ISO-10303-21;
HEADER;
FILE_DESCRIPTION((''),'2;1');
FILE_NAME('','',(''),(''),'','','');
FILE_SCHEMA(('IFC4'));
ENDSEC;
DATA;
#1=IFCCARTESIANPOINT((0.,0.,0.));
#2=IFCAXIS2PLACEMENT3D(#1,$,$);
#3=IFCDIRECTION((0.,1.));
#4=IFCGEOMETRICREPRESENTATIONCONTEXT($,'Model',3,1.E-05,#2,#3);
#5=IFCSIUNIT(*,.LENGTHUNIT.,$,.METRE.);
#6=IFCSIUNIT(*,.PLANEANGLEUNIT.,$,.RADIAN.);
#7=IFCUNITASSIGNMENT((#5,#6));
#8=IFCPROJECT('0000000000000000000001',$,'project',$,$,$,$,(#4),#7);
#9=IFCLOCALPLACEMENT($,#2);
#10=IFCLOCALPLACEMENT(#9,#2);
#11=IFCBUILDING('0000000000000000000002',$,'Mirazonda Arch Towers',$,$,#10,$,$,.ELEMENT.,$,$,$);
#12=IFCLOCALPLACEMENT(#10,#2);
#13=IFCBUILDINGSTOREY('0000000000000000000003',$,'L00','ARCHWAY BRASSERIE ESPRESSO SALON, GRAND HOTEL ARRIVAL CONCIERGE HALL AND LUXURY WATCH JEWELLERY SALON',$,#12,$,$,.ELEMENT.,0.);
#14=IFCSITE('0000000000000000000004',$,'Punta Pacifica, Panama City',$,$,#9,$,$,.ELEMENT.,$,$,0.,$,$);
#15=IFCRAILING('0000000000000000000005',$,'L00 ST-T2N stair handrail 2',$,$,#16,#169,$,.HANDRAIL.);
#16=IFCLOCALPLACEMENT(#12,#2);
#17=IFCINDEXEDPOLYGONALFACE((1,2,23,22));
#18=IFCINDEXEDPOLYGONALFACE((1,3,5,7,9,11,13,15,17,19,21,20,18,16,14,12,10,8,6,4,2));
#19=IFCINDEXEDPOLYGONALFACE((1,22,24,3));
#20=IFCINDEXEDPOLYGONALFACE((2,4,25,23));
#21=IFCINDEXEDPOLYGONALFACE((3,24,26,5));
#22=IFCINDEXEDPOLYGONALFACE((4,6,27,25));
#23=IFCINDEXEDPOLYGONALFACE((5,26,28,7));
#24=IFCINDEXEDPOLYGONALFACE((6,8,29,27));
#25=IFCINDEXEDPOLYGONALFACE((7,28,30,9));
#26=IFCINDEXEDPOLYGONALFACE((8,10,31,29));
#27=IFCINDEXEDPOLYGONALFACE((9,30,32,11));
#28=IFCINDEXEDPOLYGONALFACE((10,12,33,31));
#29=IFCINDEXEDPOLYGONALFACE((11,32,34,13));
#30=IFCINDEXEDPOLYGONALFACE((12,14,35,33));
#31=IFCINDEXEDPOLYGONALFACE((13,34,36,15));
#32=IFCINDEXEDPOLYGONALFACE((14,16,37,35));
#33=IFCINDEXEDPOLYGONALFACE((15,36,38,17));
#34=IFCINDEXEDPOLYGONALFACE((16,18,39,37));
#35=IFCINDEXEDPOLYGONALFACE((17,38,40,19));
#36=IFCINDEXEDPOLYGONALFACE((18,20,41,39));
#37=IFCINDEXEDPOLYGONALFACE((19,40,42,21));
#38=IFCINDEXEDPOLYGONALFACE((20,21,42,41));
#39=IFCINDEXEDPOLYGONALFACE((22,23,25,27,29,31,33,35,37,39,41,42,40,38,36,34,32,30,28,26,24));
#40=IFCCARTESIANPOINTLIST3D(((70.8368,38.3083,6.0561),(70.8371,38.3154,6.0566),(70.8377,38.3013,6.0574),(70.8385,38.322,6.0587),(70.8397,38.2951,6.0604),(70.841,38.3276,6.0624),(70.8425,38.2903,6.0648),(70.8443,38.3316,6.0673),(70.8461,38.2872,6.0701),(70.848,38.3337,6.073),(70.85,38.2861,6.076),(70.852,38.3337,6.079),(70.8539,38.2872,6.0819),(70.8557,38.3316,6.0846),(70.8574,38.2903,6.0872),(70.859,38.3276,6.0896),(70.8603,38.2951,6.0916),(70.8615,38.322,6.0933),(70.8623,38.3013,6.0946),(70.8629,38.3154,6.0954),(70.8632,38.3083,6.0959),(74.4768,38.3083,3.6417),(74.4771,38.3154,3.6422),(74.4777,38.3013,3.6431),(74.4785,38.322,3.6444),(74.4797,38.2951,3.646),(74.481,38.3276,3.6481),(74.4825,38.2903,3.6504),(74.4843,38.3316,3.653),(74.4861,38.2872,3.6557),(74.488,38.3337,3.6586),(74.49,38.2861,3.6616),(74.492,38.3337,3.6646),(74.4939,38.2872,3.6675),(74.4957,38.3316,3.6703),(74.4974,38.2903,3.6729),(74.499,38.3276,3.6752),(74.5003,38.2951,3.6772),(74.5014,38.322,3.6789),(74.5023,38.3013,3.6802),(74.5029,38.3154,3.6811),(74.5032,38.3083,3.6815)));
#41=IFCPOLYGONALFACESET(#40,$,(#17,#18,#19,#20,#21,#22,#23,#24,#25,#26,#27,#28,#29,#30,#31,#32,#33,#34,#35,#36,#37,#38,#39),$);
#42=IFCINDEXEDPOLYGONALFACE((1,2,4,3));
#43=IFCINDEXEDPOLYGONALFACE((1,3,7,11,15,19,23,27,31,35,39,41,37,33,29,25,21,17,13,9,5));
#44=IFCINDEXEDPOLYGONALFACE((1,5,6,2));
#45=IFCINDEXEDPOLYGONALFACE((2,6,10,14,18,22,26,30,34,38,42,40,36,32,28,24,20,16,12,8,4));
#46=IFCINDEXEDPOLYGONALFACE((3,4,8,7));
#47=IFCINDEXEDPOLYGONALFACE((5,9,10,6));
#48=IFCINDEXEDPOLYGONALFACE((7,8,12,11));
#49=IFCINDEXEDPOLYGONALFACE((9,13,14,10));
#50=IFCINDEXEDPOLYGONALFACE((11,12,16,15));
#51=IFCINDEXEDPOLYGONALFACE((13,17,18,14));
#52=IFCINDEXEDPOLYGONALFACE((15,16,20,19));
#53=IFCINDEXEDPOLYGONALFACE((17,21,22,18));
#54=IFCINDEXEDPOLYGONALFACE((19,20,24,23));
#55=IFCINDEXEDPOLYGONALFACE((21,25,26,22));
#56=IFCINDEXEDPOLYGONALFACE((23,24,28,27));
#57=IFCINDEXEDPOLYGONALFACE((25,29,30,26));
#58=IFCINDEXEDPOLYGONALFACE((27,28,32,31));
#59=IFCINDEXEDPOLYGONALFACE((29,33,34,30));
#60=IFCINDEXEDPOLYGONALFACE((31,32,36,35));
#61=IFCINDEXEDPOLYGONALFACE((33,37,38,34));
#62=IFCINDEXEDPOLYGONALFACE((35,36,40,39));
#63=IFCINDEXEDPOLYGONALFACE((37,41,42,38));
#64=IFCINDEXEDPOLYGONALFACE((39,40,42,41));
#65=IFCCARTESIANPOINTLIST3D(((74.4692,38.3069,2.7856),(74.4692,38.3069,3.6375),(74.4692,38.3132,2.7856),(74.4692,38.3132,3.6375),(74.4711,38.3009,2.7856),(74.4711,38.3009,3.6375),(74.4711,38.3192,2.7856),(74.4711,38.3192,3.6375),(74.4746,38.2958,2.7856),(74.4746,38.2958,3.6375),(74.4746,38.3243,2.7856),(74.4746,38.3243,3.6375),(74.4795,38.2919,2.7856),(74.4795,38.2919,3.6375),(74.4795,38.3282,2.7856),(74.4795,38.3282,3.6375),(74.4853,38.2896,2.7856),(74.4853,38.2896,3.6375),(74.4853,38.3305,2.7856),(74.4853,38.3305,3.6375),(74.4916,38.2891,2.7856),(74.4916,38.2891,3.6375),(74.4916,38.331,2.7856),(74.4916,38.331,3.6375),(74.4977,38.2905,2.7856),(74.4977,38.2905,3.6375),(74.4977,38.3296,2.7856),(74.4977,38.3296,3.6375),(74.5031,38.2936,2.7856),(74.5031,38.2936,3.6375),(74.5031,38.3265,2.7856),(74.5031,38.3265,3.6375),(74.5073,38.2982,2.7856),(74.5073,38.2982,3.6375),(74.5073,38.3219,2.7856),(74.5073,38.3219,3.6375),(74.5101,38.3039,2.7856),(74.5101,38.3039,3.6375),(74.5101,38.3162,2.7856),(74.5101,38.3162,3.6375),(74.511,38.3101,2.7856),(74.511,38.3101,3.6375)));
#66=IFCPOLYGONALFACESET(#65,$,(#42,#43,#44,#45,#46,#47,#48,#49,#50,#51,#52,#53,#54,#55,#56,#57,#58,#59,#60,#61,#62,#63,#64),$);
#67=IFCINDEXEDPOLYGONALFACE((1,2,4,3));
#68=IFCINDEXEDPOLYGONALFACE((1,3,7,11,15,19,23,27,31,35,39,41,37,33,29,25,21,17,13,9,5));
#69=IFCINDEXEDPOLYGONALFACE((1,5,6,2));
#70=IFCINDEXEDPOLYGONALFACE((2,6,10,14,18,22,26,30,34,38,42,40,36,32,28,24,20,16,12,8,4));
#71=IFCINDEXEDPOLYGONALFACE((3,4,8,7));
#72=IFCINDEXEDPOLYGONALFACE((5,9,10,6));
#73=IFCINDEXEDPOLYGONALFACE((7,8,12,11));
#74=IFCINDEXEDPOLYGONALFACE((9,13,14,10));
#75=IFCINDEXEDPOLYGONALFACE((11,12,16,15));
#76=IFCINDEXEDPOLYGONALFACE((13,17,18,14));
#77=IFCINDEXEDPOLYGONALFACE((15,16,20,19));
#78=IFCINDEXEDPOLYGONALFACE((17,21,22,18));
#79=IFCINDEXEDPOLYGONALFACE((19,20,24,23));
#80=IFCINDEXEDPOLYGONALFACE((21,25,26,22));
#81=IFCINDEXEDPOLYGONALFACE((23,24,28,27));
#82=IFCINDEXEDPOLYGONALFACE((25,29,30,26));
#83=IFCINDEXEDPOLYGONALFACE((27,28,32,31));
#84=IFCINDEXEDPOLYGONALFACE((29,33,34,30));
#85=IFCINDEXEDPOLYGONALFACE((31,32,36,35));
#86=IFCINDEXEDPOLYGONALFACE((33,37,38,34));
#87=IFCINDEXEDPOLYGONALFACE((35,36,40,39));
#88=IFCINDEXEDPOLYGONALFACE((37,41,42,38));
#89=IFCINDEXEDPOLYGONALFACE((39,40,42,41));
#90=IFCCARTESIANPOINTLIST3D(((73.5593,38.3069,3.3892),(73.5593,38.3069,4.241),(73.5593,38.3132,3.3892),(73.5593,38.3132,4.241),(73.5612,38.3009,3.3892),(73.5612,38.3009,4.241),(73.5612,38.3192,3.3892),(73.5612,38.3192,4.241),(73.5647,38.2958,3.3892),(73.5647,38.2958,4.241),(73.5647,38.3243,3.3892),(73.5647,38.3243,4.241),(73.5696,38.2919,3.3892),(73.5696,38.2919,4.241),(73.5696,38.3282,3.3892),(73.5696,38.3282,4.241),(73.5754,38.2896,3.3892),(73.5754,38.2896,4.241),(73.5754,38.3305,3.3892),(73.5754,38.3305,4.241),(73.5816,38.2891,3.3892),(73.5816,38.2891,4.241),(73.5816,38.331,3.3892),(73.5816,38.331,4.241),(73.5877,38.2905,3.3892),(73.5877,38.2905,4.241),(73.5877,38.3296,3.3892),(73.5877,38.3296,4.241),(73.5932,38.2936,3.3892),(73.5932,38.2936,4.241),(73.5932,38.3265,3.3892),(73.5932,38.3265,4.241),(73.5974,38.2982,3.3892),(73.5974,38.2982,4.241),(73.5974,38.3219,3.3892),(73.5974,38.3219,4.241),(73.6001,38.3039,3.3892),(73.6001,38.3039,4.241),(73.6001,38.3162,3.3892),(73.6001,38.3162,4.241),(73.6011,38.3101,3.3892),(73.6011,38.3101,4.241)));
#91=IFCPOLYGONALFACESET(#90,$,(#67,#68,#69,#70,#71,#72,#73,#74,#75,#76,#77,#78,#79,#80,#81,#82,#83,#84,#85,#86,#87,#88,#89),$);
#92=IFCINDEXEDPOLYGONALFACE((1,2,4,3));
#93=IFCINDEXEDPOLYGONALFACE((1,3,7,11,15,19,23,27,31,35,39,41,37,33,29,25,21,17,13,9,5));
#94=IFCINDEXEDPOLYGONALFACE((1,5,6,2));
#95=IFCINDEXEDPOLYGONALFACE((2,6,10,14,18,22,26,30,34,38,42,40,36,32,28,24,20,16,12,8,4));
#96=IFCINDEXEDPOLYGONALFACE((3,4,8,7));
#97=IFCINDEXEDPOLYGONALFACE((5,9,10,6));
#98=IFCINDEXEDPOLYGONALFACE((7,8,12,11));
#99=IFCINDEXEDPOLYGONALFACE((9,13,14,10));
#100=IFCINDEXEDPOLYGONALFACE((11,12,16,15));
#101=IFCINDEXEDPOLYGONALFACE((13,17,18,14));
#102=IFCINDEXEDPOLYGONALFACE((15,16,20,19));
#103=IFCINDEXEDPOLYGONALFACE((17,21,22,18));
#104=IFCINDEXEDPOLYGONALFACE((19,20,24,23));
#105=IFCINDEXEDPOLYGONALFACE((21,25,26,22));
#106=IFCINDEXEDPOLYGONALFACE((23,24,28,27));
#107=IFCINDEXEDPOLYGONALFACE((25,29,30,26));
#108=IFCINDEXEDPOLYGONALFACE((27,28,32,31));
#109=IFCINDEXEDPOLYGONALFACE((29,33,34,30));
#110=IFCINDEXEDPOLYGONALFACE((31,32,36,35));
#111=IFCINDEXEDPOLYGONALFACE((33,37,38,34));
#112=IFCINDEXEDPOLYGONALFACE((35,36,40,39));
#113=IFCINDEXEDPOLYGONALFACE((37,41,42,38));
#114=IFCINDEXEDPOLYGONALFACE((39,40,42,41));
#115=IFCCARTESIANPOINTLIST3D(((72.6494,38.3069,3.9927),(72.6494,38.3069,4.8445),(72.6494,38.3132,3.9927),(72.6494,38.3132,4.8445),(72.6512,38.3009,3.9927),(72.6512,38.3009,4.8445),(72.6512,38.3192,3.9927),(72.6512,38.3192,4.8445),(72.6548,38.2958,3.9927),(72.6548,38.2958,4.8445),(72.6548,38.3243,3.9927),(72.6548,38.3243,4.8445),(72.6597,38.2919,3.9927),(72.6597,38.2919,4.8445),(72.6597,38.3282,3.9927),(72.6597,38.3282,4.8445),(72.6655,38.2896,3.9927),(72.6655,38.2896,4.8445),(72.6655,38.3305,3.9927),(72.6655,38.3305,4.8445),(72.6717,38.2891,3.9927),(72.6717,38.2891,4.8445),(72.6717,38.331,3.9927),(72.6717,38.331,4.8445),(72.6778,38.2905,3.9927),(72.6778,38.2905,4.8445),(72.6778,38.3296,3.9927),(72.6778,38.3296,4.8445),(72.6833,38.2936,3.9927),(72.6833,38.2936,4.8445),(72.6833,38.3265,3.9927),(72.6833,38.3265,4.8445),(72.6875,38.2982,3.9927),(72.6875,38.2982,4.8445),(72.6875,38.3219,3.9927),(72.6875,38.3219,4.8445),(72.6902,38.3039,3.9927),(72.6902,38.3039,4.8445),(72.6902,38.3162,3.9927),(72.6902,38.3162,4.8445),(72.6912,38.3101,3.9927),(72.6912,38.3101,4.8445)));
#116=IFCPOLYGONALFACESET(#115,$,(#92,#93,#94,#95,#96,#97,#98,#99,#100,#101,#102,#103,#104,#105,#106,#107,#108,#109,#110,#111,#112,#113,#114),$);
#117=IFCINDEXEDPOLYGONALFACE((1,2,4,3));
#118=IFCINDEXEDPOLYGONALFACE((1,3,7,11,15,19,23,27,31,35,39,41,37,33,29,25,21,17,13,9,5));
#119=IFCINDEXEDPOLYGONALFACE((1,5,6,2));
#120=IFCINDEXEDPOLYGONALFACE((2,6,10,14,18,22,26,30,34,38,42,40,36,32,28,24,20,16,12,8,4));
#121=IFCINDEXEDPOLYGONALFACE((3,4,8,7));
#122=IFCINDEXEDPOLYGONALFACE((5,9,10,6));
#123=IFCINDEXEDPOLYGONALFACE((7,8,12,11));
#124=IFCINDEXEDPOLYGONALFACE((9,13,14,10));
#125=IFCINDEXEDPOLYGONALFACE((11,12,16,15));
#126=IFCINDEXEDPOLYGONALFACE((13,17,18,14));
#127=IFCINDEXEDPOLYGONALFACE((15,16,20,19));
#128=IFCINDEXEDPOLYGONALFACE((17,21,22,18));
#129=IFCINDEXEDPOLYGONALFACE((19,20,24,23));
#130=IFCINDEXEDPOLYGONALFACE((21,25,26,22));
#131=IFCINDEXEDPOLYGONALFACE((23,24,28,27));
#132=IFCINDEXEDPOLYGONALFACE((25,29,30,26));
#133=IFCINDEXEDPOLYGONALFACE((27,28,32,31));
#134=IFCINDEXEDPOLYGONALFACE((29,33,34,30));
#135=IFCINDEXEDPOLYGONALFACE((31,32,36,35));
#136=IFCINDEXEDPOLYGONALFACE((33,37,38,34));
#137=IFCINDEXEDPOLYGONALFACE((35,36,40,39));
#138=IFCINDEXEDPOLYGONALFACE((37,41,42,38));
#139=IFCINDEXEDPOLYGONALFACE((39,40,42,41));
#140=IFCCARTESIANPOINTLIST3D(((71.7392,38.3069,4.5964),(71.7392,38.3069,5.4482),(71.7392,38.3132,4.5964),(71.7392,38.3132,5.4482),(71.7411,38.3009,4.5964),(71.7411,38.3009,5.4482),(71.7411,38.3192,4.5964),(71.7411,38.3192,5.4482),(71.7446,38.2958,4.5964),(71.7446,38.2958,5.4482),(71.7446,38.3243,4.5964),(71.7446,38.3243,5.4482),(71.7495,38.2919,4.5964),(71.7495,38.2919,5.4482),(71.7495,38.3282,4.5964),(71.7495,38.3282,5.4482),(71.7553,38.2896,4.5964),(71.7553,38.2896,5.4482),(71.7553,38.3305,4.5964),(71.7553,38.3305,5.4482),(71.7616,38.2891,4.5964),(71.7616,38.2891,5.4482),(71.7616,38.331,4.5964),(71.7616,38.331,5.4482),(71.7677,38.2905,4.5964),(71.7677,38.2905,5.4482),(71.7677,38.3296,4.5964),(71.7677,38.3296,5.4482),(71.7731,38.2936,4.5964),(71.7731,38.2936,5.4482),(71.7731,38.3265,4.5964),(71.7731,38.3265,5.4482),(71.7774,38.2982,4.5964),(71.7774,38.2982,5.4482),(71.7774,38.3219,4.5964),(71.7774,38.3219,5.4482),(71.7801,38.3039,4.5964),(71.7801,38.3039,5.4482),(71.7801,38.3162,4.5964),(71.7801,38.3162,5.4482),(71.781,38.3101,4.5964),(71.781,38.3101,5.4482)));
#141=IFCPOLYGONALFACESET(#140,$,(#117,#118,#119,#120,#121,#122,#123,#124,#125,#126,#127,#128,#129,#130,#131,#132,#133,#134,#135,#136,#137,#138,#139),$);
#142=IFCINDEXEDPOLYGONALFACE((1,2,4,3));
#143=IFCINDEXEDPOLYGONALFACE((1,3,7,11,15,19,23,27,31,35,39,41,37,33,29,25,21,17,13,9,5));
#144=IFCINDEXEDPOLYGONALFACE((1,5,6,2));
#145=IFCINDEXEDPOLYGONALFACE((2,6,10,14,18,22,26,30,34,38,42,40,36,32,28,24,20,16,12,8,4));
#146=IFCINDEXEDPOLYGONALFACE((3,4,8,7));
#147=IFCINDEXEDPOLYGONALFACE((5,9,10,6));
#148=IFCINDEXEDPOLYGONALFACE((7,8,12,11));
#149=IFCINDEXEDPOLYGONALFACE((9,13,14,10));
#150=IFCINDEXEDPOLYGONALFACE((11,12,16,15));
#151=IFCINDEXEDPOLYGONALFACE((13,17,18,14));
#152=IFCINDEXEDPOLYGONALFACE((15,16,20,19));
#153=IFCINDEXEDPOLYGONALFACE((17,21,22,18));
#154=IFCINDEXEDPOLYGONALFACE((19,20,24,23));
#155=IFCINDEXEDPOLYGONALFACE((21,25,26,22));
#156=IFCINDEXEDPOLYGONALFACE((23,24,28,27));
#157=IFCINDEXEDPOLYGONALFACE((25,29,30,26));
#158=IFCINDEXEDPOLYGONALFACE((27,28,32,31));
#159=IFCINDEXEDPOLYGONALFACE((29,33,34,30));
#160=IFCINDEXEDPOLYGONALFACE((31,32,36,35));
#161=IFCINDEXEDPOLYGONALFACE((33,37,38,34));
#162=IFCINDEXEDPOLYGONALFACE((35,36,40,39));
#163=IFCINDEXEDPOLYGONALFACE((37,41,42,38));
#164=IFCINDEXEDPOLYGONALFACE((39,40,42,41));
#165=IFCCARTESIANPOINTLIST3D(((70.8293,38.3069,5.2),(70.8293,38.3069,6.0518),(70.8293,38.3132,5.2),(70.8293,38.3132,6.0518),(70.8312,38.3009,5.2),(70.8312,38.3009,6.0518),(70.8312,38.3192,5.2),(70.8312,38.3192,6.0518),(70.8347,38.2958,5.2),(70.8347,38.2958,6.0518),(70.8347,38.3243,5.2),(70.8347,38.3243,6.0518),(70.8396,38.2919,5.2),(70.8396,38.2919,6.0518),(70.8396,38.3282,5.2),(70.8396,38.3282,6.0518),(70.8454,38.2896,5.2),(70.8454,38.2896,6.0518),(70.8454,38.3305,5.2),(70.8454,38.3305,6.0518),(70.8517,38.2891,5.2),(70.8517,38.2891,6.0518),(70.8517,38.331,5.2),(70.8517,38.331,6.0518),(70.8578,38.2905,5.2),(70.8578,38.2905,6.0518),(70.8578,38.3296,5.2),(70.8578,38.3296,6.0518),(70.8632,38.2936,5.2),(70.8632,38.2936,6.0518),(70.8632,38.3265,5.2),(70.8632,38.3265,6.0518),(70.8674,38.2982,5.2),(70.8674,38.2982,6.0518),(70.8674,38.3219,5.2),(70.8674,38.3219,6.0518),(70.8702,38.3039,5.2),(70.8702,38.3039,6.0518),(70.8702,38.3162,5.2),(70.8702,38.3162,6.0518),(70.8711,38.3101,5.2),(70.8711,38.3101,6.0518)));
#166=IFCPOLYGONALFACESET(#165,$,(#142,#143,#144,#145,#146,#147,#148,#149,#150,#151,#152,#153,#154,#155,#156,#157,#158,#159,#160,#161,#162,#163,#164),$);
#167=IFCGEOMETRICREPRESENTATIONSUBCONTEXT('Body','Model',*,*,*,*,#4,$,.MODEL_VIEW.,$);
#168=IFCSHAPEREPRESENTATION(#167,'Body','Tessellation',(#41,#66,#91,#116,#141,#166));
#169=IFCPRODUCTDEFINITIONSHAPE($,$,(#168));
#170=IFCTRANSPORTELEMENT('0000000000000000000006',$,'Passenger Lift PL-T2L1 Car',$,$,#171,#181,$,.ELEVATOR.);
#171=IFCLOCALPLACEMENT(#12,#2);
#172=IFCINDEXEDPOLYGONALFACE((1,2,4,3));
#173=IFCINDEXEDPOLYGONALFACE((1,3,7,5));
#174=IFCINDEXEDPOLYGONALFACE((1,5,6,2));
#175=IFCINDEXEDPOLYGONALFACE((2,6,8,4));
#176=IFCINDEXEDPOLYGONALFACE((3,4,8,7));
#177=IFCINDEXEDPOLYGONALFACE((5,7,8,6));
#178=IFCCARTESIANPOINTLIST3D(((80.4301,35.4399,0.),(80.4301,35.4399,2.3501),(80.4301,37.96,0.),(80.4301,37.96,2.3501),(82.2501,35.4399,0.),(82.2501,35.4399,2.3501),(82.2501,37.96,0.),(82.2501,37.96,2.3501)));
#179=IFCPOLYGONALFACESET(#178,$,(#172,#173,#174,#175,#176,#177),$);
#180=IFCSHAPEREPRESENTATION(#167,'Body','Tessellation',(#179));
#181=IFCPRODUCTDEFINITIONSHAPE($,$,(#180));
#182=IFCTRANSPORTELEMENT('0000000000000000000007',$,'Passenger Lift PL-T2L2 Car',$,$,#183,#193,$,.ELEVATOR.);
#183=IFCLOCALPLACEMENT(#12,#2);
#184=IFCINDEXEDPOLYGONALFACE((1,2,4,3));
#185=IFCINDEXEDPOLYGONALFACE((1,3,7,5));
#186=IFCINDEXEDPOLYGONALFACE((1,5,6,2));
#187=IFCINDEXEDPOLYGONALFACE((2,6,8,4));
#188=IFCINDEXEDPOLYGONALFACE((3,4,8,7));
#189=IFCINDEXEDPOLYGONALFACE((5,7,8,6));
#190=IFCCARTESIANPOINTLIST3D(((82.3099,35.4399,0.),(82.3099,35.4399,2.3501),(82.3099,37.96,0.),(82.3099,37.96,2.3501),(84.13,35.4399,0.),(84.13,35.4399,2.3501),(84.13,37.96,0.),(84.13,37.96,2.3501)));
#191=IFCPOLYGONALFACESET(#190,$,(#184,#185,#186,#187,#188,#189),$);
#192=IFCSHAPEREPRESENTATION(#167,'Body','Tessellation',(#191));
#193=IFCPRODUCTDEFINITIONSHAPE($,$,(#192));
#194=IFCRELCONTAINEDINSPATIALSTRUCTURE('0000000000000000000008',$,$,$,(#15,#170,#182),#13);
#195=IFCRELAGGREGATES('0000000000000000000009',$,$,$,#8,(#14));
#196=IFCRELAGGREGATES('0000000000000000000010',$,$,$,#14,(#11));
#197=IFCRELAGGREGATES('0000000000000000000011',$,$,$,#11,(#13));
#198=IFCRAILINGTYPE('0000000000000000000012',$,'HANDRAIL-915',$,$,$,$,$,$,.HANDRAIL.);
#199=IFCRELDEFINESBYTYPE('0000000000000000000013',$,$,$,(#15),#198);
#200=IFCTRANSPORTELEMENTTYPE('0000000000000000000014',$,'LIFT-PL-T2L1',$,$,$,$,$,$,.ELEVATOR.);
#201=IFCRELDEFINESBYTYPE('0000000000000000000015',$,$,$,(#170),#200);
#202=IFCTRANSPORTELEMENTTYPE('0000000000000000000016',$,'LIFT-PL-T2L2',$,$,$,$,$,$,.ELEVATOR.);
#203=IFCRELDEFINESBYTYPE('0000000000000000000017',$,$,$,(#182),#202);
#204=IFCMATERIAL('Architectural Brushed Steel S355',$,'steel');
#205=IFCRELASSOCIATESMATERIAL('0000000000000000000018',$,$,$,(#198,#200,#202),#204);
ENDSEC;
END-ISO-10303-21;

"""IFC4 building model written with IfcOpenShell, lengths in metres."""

from ifc_helpers import new_model, si_unit, direction, frame, origin, origin_2d, place, context, subcontext, project, spatial, rectangle, circle, extrude, material, type_object, element, save


model = new_model("IFC4")

# Units and contexts
model_context = context("Model", 3, precision=1e-05, world=origin(), true_north=direction((0.0, 1.0)))
body_context = subcontext(model_context, "Body", "Model", "MODEL_VIEW")
ifc_project = project(units=[si_unit("LENGTHUNIT", "METRE"), si_unit("PLANEANGLEUNIT", "RADIAN")], contexts=[model_context])

# Site, building, storey
site_placement = place(None, origin())
site = spatial("IfcSite", under=ifc_project, at=site_placement, Name="Punta Pacifica, Panama City", CompositionType="ELEMENT", RefElevation=0.0)
building_placement = place(site_placement, origin())
building = spatial("IfcBuilding", under=site, at=building_placement, Name="Mirazonda Arch Towers", CompositionType="ELEMENT")
storey_placement = place(building_placement, origin())
storey = spatial("IfcBuildingStorey", under=building, at=storey_placement, Name="L00", Description="ARCHWAY BRASSERIE ESPRESSO SALON, GRAND HOTEL ARRIVAL CONCIERGE HALL AND LUXURY WATCH JEWELLERY SALON", CompositionType="ELEMENT", Elevation=0.0)

# Shared definitions
ifc_material_1 = material(Name="Architectural Brushed Steel S355", Category="steel")

# Railing
railing_type_1 = type_object("IfcRailingType", Name="HANDRAIL-915", PredefinedType="HANDRAIL", material=ifc_material_1)
railing_1_placement = place(storey_placement, frame((74.49, 38.3101, 2.7856)))
element("IfcRailing", 1, at=railing_1_placement, inside=storey, type_object=railing_type_1, Name="L00 ST-T2N stair handrail 2", PredefinedType="HANDRAIL", context=body_context, shape_type="SweptSolid", body=[
    extrude(circle(Radius=0.0239, at=origin_2d()), frame((0.0, 0.0, 0.876), z_axis=(-0.833347, 0.0, 0.552751), x_axis=(0.0, -1.0, 0.0)), (0.0, 0.0, 1.0), 4.3679),
    extrude(circle(Radius=0.021, at=origin_2d()), origin(), (0.0, 0.0, 1.0), 0.8518),
    extrude(circle(Radius=0.021, at=origin_2d()), frame((-0.9099, 0.0, 0.6035)), (0.0, 0.0, 1.0), 0.8518),
    extrude(circle(Radius=0.021, at=origin_2d()), frame((-1.8198, 0.0, 1.207)), (0.0, 0.0, 1.0), 0.8518),
    extrude(circle(Radius=0.021, at=origin_2d()), frame((-2.73, 0.0, 1.8108)), (0.0, 0.0, 1.0), 0.8518),
    extrude(circle(Radius=0.021, at=origin_2d()), frame((-3.6399, 0.0, 2.4143)), (0.0, 0.0, 1.0), 0.8518),
])

# Transport elements
transport_element_type_1 = type_object("IfcTransportElementType", Name="LIFT-PL-T2L1", PredefinedType="ELEVATOR", material=ifc_material_1)
transport_element_1_placement = place(storey_placement, frame((81.3401, 36.7, 0.0), z_axis=(0.0, 0.0, 1.0), x_axis=(1.0, 0.0, 0.0)))
element("IfcTransportElement", 2, at=transport_element_1_placement, inside=storey, type_object=transport_element_type_1, Name="Passenger Lift PL-T2L1 Car", PredefinedType="ELEVATOR", context=body_context, shape_type="SweptSolid", body=[
    extrude(rectangle(XDim=1.8201, YDim=2.52, at=origin_2d()), origin(), (0.0, 0.0, 1.0), 2.3501),
])
transport_element_type_2 = type_object("IfcTransportElementType", Name="LIFT-PL-T2L2", PredefinedType="ELEVATOR", material=ifc_material_1)
transport_element_2_placement = place(storey_placement, frame((83.22, 36.7, 0.0), z_axis=(0.0, 0.0, 1.0), x_axis=(1.0, 0.0, 0.0)))
element("IfcTransportElement", 3, at=transport_element_2_placement, inside=storey, type_object=transport_element_type_2, Name="Passenger Lift PL-T2L2 Car", PredefinedType="ELEVATOR", context=body_context, shape_type="SweptSolid", body=[
    extrude(rectangle(XDim=1.8201, YDim=2.52, at=origin_2d()), origin(), (0.0, 0.0, 1.0), 2.3501),
])

save(model, "model.ifc")
